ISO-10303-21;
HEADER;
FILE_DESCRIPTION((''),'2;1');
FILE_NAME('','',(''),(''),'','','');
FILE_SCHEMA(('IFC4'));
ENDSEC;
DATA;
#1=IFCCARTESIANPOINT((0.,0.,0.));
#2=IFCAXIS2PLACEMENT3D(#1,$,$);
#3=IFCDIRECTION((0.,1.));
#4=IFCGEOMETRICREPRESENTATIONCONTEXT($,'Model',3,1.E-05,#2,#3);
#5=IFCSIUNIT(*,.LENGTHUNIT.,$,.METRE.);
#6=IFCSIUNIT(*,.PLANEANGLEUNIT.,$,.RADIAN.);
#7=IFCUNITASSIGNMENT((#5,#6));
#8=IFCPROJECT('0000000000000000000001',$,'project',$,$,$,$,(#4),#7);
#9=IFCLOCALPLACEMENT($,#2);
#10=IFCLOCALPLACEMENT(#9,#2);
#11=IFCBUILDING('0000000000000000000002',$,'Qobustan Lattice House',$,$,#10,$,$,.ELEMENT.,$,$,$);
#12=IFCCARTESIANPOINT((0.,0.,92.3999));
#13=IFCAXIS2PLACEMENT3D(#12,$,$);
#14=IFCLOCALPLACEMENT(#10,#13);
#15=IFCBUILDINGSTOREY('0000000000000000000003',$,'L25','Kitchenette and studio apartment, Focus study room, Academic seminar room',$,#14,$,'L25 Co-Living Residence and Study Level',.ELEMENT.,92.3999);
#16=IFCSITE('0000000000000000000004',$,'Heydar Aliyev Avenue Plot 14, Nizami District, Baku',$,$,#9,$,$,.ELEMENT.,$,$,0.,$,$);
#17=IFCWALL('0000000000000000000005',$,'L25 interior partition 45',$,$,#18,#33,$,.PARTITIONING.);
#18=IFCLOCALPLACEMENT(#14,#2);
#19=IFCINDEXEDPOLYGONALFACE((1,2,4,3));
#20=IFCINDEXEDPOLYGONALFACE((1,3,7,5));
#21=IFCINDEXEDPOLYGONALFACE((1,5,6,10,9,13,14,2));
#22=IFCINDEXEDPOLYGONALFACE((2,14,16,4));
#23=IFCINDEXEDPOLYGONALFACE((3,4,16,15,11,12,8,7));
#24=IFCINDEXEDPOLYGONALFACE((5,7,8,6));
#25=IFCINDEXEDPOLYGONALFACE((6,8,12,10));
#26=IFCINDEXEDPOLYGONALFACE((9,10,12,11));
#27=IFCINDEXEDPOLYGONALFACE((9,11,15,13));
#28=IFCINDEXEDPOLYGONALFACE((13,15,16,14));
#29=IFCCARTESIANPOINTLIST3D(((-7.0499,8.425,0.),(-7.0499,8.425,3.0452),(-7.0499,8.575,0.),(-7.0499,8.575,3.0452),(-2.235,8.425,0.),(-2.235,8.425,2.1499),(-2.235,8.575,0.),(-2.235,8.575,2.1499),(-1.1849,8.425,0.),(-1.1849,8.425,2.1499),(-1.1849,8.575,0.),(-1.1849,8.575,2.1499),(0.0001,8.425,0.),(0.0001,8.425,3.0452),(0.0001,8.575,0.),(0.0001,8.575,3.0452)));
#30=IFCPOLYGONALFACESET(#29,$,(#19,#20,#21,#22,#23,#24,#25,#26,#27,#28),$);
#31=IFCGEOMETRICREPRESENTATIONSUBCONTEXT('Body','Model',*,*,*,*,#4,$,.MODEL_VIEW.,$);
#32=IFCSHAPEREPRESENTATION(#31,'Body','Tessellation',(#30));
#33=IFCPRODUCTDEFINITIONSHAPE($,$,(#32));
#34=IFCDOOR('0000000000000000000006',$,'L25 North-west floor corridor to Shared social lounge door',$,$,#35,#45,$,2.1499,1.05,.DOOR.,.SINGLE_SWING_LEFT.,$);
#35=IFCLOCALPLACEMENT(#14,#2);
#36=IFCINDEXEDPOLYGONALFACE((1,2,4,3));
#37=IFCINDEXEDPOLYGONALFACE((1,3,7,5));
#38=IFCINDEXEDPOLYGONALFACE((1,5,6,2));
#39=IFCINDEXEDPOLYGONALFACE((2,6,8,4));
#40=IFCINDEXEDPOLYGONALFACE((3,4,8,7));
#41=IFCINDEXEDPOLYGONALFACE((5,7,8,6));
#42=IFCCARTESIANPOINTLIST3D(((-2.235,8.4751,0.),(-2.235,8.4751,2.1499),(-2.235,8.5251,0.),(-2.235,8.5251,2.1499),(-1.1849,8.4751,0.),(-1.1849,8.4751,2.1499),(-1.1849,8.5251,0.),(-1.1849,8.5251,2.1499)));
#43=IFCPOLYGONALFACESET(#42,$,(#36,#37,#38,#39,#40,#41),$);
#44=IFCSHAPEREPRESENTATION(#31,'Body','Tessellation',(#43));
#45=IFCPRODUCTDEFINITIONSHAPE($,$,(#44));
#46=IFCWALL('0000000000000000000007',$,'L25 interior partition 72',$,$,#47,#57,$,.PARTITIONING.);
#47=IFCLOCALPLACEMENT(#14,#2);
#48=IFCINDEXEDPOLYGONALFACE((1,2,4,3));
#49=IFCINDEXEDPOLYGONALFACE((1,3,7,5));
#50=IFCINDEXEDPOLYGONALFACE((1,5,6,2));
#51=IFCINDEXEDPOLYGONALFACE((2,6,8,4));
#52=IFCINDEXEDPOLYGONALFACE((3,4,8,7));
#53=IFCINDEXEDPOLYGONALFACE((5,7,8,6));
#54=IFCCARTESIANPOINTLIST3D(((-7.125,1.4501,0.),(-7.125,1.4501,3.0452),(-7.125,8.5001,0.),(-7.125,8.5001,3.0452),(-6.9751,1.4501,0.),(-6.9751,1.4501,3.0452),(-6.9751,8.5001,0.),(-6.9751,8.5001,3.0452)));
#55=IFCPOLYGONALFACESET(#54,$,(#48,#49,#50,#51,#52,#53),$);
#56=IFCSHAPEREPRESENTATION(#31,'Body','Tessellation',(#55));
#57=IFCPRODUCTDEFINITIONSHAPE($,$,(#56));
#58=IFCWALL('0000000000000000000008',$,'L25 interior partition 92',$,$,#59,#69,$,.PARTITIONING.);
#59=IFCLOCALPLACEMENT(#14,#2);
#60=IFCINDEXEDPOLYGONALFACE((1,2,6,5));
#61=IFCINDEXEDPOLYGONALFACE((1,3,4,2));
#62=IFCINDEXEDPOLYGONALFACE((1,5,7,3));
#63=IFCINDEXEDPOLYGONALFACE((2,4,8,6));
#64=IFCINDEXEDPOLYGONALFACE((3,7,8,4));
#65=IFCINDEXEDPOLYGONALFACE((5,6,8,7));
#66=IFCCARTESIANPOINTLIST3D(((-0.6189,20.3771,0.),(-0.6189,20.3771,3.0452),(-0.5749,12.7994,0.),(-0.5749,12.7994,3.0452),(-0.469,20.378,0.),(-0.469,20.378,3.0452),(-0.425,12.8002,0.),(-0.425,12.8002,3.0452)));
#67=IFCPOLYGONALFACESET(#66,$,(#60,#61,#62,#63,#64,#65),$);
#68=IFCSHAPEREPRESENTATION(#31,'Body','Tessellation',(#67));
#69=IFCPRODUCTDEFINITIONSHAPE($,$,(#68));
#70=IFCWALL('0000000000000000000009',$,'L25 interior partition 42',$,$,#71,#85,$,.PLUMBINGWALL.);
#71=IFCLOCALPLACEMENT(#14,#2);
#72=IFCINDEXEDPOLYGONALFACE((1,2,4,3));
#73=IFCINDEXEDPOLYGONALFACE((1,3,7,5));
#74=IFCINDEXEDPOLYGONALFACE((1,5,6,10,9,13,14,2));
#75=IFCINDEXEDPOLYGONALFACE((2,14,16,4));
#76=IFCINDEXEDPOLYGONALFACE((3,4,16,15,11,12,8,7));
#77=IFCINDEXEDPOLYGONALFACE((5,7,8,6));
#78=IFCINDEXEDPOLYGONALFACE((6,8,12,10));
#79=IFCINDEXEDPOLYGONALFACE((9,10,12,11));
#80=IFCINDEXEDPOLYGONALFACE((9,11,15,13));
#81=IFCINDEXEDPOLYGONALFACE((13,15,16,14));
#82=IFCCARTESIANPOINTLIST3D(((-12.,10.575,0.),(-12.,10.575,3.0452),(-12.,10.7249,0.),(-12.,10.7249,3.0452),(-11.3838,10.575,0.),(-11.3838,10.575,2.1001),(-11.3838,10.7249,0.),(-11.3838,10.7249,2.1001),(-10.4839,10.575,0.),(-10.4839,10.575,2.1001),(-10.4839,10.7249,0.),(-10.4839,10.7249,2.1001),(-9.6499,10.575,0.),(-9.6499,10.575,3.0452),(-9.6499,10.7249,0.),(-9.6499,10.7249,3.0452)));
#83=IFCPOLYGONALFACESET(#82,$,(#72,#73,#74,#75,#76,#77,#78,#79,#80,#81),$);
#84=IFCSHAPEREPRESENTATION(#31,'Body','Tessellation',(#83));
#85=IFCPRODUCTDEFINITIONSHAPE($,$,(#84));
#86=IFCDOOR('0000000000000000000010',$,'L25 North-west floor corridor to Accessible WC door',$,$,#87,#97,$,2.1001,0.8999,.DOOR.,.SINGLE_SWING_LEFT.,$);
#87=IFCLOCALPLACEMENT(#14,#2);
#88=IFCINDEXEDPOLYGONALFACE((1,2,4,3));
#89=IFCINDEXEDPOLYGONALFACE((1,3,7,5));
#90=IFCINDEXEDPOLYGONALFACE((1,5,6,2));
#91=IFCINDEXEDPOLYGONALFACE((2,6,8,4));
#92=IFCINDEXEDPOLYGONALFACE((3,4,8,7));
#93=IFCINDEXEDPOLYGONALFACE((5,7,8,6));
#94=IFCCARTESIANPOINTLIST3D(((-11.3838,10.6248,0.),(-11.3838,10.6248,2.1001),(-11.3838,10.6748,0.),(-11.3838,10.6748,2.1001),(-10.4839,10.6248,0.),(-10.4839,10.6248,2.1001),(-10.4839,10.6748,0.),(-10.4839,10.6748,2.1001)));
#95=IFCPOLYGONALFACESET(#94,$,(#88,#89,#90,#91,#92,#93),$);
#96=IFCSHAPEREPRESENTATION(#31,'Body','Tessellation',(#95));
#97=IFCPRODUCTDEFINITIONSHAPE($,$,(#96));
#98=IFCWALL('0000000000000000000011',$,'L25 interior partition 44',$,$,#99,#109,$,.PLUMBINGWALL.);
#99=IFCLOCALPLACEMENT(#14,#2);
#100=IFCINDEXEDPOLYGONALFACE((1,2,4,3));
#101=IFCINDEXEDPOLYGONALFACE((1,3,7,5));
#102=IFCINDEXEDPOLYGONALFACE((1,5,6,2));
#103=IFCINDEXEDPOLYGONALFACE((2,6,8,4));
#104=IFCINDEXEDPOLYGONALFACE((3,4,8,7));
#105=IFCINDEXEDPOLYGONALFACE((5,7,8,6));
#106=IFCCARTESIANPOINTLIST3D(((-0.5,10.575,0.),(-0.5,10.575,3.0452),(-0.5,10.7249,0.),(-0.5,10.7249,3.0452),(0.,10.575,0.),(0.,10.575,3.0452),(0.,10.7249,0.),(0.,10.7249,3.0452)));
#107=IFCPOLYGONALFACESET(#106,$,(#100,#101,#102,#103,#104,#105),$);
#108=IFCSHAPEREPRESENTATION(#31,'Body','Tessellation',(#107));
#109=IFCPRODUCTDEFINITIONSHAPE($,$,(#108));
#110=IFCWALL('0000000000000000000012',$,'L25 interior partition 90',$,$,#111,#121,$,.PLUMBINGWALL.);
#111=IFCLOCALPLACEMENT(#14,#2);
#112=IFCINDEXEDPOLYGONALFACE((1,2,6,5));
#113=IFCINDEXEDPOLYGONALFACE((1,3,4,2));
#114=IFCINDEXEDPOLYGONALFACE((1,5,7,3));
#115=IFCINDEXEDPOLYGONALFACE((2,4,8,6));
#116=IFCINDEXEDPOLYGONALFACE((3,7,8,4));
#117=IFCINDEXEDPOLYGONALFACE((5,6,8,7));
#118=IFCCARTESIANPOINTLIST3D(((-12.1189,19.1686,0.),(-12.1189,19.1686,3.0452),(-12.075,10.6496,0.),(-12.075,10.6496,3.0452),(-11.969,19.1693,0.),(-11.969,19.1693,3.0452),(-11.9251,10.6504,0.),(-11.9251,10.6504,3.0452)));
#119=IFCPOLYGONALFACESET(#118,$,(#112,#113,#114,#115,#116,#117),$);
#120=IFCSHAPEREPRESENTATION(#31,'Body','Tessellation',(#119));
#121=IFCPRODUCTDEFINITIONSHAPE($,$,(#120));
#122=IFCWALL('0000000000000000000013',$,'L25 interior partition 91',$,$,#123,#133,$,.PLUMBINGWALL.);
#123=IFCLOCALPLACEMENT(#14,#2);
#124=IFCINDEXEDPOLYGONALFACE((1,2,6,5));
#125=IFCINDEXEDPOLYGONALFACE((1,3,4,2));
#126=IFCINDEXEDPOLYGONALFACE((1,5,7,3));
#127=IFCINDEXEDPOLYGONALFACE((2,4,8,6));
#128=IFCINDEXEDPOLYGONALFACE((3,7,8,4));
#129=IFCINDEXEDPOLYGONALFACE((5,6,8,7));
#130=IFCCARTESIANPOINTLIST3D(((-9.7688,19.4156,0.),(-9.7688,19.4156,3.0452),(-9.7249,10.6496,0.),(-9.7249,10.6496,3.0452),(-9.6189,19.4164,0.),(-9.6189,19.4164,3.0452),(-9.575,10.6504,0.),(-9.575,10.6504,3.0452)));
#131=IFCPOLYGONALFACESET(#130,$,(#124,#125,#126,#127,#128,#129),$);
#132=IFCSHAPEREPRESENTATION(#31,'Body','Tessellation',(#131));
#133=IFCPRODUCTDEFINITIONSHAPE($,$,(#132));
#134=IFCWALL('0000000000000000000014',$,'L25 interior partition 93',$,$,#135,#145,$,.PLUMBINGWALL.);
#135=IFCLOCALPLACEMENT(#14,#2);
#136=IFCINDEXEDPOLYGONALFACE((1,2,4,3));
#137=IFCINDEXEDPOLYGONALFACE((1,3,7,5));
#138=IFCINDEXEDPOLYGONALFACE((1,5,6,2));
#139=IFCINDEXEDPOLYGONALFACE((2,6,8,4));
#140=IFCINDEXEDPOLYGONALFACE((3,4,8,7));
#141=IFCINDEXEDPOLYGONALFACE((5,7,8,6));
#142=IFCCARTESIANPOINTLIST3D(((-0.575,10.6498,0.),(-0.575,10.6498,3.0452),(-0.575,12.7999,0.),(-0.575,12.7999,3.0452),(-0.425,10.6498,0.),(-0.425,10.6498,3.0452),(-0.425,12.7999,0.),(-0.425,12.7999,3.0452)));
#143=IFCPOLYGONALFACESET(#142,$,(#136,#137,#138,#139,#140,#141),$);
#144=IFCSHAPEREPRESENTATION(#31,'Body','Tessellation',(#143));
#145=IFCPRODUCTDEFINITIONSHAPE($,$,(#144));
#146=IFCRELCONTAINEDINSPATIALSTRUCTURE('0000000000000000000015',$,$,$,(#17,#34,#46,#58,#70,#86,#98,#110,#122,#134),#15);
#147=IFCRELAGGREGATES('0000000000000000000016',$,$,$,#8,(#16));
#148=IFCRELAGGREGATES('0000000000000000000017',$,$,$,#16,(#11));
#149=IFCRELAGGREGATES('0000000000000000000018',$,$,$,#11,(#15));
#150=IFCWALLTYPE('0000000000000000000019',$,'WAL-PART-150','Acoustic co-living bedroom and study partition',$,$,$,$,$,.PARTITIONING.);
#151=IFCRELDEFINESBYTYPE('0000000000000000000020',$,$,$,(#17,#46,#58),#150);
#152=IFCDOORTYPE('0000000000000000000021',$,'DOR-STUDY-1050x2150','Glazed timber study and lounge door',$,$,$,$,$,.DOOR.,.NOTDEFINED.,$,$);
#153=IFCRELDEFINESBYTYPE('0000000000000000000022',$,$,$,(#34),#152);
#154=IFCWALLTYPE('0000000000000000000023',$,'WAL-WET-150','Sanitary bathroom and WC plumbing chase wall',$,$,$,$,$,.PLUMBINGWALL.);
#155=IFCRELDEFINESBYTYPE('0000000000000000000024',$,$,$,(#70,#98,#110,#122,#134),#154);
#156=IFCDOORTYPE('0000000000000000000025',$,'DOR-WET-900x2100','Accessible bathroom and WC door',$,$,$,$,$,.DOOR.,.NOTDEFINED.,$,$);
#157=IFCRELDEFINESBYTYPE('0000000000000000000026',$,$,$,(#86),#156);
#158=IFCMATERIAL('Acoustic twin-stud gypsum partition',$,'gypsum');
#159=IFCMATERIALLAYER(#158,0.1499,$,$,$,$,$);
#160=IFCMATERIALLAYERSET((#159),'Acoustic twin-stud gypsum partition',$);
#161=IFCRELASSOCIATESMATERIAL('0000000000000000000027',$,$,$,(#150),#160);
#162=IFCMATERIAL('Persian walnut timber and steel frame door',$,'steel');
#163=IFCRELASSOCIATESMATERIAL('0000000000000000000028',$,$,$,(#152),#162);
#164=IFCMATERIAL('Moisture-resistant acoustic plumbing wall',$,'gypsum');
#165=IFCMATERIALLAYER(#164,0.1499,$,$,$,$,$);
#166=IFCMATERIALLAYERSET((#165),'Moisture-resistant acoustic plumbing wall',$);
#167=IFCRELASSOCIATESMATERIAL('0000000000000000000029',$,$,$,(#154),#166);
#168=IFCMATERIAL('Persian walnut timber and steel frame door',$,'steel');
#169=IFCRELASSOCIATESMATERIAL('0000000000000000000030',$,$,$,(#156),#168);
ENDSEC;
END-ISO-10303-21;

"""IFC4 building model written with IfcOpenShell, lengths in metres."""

from ifc_helpers import new_model, si_unit, direction, frame, frame_2d, origin, place, context, subcontext, project, spatial, rectangle, extrude, material, layer, layer_set, type_object, element, fill, save


model = new_model("IFC4")

# Units and contexts
model_context = context("Model", 3, precision=1e-05, world=origin(), true_north=direction((0.0, 1.0)))
body_context = subcontext(model_context, "Body", "Model", "MODEL_VIEW")
ifc_project = project(units=[si_unit("LENGTHUNIT", "METRE"), si_unit("PLANEANGLEUNIT", "RADIAN")], contexts=[model_context])

# Site, building, storey
site_placement = place(None, origin())
site = spatial("IfcSite", under=ifc_project, at=site_placement, Name="Heydar Aliyev Avenue Plot 14, Nizami District, Baku", CompositionType="ELEMENT", RefElevation=0.0)
building_placement = place(site_placement, origin())
building = spatial("IfcBuilding", under=site, at=building_placement, Name="Qobustan Lattice House", CompositionType="ELEMENT")
storey_placement = place(building_placement, frame((0.0, 0.0, 92.3999)))
storey = spatial("IfcBuildingStorey", under=building, at=storey_placement, Name="L25", Description="Kitchenette and studio apartment, Focus study room, Academic seminar room", LongName="L25 Co-Living Residence and Study Level", CompositionType="ELEMENT", Elevation=92.3999)

# Wall, opening, door
ifc_material_1 = material(Name="Acoustic twin-stud gypsum partition", Category="gypsum")
ifc_layer_1 = layer(ifc_material_1, 0.1499)
ifc_layer_set_1 = layer_set([ifc_layer_1], Name="Acoustic twin-stud gypsum partition")
wall_type_1 = type_object("IfcWallType", Name="WAL-PART-150", Description="Acoustic co-living bedroom and study partition", PredefinedType="PARTITIONING", material=ifc_layer_set_1)
ifc_material_2 = material(Name="Persian walnut timber and steel frame door", Category="steel")
door_type_1 = type_object("IfcDoorType", Name="DOR-STUDY-1050x2150", Description="Glazed timber study and lounge door", OperationType="NOTDEFINED", PredefinedType="DOOR", material=ifc_material_2)
wall_1_placement = place(storey_placement, frame((0.0, 8.5, 0.0), z_axis=(0.0, 0.0, 1.0), x_axis=(-1.0, 0.0, 0.0)))
wall_1 = element("IfcWall", 1, at=wall_1_placement, inside=storey, type_object=wall_type_1, Name="L25 interior partition 45", PredefinedType="PARTITIONING", context=body_context, shape_type="SweptSolid", body=[
    extrude(rectangle(XDim=7.05, YDim=0.1499, at=frame_2d((3.5249, 0.0))), origin(), (0.0, 0.0, 1.0), 3.0452),
])
opening_1_placement = place(wall_1_placement, frame((1.1851, 0.0, 0.0)))
opening_1 = element("IfcOpeningElement", 2, at=opening_1_placement, cuts=wall_1, PredefinedType="OPENING", context=body_context, shape_type="SweptSolid", body=[
    extrude(rectangle(XDim=1.05, YDim=2.1499, at=frame_2d((0.5249, 1.075))), frame((0.0, 0.085, 0.0), z_axis=(0.0, -1.0, 0.0), x_axis=(1.0, 0.0, 0.0)), (0.0, 0.0, 1.0), 0.1699),
])
door_1_placement = place(opening_1_placement, origin())
door_1 = element("IfcDoor", 3, at=door_1_placement, inside=storey, type_object=door_type_1, Name="L25 North-west floor corridor to Shared social lounge door", OperationType="SINGLE_SWING_LEFT", OverallHeight=2.1499, OverallWidth=1.05, PredefinedType="DOOR", context=body_context, shape_type="SweptSolid", body=[
    extrude(rectangle(XDim=1.05, YDim=2.1499, at=frame_2d((0.5249, 1.075))), frame((0.0, 0.0249, 0.0), z_axis=(0.0, -1.0, 0.0), x_axis=(1.0, 0.0, 0.0)), (0.0, 0.0, 1.0), 0.05),
])
fill(opening_1, door_1)

# Walls
wall_2_placement = place(storey_placement, frame((-7.05, 8.5, 0.0), z_axis=(0.0, 0.0, 1.0), x_axis=(0.0, -1.0, 0.0)))
element("IfcWall", 4, at=wall_2_placement, inside=storey, type_object=wall_type_1, Name="L25 interior partition 72", PredefinedType="PARTITIONING", context=body_context, shape_type="SweptSolid", body=[
    extrude(rectangle(XDim=7.05, YDim=0.1499, at=frame_2d((3.5249, 0.0))), origin(), (0.0, 0.0, 1.0), 3.0452),
])
wall_3_placement = place(storey_placement, frame((-0.5439, 20.3777, 0.0), z_axis=(0.0, 0.0, 1.0), x_axis=(0.005799, -0.999983, 0.0)))
element("IfcWall", 5, at=wall_3_placement, inside=storey, type_object=wall_type_1, Name="L25 interior partition 92", PredefinedType="PARTITIONING", context=body_context, shape_type="SweptSolid", body=[
    extrude(rectangle(XDim=7.5779, YDim=0.1499, at=frame_2d((3.7891, 0.0))), origin(), (0.0, 0.0, 1.0), 3.0452),
])

# Wall, opening, door
ifc_material_3 = material(Name="Moisture-resistant acoustic plumbing wall", Category="gypsum")
ifc_layer_2 = layer(ifc_material_3, 0.1499)
ifc_layer_set_2 = layer_set([ifc_layer_2], Name="Moisture-resistant acoustic plumbing wall")
wall_type_2 = type_object("IfcWallType", Name="WAL-WET-150", Description="Sanitary bathroom and WC plumbing chase wall", PredefinedType="PLUMBINGWALL", material=ifc_layer_set_2)
wall_4_placement = place(storey_placement, frame((-12.0, 10.6499, 0.0), z_axis=(0.0, 0.0, 1.0), x_axis=(1.0, 0.0, 0.0)))
wall_4 = element("IfcWall", 6, at=wall_4_placement, inside=storey, type_object=wall_type_2, Name="L25 interior partition 42", PredefinedType="PLUMBINGWALL", context=body_context, shape_type="SweptSolid", body=[
    extrude(rectangle(XDim=2.3501, YDim=0.1499, at=frame_2d((1.175, 0.0))), origin(), (0.0, 0.0, 1.0), 3.0452),
])
opening_2_placement = place(wall_4_placement, frame((0.6162, 0.0, 0.0)))
opening_2 = element("IfcOpeningElement", 7, at=opening_2_placement, cuts=wall_4, PredefinedType="OPENING", context=body_context, shape_type="SweptSolid", body=[
    extrude(rectangle(XDim=0.8999, YDim=2.1001, at=frame_2d((0.45, 1.05))), frame((0.0, 0.085, 0.0), z_axis=(0.0, -1.0, 0.0), x_axis=(1.0, 0.0, 0.0)), (0.0, 0.0, 1.0), 0.1699),
])
ifc_material_4 = material(Name="Persian walnut timber and steel frame door", Category="steel")
door_type_2 = type_object("IfcDoorType", Name="DOR-WET-900x2100", Description="Accessible bathroom and WC door", OperationType="NOTDEFINED", PredefinedType="DOOR", material=ifc_material_4)
door_2_placement = place(opening_2_placement, origin())
door_2 = element("IfcDoor", 8, at=door_2_placement, inside=storey, type_object=door_type_2, Name="L25 North-west floor corridor to Accessible WC door", OperationType="SINGLE_SWING_LEFT", OverallHeight=2.1001, OverallWidth=0.8999, PredefinedType="DOOR", context=body_context, shape_type="SweptSolid", body=[
    extrude(rectangle(XDim=0.8999, YDim=2.1001, at=frame_2d((0.45, 1.05))), frame((0.0, 0.0249, 0.0), z_axis=(0.0, -1.0, 0.0), x_axis=(1.0, 0.0, 0.0)), (0.0, 0.0, 1.0), 0.05),
])
fill(opening_2, door_2)

# Walls
wall_5_placement = place(storey_placement, frame((-0.5, 10.6499, 0.0), z_axis=(0.0, 0.0, 1.0), x_axis=(1.0, 0.0, 0.0)))
element("IfcWall", 9, at=wall_5_placement, inside=storey, type_object=wall_type_2, Name="L25 interior partition 44", PredefinedType="PLUMBINGWALL", context=body_context, shape_type="SweptSolid", body=[
    extrude(rectangle(XDim=0.5, YDim=0.1499, at=frame_2d((0.25, 0.0))), origin(), (0.0, 0.0, 1.0), 3.0452),
])
wall_6_placement = place(storey_placement, frame((-12.0439, 19.1689, 0.0), z_axis=(0.0, 0.0, 1.0), x_axis=(0.005158, -0.999987, 0.0)))
element("IfcWall", 10, at=wall_6_placement, inside=storey, type_object=wall_type_2, Name="L25 interior partition 90", PredefinedType="PLUMBINGWALL", context=body_context, shape_type="SweptSolid", body=[
    extrude(rectangle(XDim=8.519, YDim=0.1499, at=frame_2d((4.2595, 0.0))), origin(), (0.0, 0.0, 1.0), 3.0452),
])
wall_7_placement = place(storey_placement, frame((-9.6938, 19.416, 0.0), z_axis=(0.0, 0.0, 1.0), x_axis=(0.005013, -0.999987, 0.0)))
element("IfcWall", 11, at=wall_7_placement, inside=storey, type_object=wall_type_2, Name="L25 interior partition 91", PredefinedType="PLUMBINGWALL", context=body_context, shape_type="SweptSolid", body=[
    extrude(rectangle(XDim=8.7661, YDim=0.1499, at=frame_2d((4.3831, 0.0))), origin(), (0.0, 0.0, 1.0), 3.0452),
])
wall_8_placement = place(storey_placement, frame((-0.5, 12.8, 0.0), z_axis=(0.0, 0.0, 1.0), x_axis=(0.0, -1.0, 0.0)))
element("IfcWall", 12, at=wall_8_placement, inside=storey, type_object=wall_type_2, Name="L25 interior partition 93", PredefinedType="PLUMBINGWALL", context=body_context, shape_type="SweptSolid", body=[
    extrude(rectangle(XDim=2.1501, YDim=0.1499, at=frame_2d((1.0752, 0.0))), origin(), (0.0, 0.0, 1.0), 3.0452),
])

save(model, "model.ifc")
